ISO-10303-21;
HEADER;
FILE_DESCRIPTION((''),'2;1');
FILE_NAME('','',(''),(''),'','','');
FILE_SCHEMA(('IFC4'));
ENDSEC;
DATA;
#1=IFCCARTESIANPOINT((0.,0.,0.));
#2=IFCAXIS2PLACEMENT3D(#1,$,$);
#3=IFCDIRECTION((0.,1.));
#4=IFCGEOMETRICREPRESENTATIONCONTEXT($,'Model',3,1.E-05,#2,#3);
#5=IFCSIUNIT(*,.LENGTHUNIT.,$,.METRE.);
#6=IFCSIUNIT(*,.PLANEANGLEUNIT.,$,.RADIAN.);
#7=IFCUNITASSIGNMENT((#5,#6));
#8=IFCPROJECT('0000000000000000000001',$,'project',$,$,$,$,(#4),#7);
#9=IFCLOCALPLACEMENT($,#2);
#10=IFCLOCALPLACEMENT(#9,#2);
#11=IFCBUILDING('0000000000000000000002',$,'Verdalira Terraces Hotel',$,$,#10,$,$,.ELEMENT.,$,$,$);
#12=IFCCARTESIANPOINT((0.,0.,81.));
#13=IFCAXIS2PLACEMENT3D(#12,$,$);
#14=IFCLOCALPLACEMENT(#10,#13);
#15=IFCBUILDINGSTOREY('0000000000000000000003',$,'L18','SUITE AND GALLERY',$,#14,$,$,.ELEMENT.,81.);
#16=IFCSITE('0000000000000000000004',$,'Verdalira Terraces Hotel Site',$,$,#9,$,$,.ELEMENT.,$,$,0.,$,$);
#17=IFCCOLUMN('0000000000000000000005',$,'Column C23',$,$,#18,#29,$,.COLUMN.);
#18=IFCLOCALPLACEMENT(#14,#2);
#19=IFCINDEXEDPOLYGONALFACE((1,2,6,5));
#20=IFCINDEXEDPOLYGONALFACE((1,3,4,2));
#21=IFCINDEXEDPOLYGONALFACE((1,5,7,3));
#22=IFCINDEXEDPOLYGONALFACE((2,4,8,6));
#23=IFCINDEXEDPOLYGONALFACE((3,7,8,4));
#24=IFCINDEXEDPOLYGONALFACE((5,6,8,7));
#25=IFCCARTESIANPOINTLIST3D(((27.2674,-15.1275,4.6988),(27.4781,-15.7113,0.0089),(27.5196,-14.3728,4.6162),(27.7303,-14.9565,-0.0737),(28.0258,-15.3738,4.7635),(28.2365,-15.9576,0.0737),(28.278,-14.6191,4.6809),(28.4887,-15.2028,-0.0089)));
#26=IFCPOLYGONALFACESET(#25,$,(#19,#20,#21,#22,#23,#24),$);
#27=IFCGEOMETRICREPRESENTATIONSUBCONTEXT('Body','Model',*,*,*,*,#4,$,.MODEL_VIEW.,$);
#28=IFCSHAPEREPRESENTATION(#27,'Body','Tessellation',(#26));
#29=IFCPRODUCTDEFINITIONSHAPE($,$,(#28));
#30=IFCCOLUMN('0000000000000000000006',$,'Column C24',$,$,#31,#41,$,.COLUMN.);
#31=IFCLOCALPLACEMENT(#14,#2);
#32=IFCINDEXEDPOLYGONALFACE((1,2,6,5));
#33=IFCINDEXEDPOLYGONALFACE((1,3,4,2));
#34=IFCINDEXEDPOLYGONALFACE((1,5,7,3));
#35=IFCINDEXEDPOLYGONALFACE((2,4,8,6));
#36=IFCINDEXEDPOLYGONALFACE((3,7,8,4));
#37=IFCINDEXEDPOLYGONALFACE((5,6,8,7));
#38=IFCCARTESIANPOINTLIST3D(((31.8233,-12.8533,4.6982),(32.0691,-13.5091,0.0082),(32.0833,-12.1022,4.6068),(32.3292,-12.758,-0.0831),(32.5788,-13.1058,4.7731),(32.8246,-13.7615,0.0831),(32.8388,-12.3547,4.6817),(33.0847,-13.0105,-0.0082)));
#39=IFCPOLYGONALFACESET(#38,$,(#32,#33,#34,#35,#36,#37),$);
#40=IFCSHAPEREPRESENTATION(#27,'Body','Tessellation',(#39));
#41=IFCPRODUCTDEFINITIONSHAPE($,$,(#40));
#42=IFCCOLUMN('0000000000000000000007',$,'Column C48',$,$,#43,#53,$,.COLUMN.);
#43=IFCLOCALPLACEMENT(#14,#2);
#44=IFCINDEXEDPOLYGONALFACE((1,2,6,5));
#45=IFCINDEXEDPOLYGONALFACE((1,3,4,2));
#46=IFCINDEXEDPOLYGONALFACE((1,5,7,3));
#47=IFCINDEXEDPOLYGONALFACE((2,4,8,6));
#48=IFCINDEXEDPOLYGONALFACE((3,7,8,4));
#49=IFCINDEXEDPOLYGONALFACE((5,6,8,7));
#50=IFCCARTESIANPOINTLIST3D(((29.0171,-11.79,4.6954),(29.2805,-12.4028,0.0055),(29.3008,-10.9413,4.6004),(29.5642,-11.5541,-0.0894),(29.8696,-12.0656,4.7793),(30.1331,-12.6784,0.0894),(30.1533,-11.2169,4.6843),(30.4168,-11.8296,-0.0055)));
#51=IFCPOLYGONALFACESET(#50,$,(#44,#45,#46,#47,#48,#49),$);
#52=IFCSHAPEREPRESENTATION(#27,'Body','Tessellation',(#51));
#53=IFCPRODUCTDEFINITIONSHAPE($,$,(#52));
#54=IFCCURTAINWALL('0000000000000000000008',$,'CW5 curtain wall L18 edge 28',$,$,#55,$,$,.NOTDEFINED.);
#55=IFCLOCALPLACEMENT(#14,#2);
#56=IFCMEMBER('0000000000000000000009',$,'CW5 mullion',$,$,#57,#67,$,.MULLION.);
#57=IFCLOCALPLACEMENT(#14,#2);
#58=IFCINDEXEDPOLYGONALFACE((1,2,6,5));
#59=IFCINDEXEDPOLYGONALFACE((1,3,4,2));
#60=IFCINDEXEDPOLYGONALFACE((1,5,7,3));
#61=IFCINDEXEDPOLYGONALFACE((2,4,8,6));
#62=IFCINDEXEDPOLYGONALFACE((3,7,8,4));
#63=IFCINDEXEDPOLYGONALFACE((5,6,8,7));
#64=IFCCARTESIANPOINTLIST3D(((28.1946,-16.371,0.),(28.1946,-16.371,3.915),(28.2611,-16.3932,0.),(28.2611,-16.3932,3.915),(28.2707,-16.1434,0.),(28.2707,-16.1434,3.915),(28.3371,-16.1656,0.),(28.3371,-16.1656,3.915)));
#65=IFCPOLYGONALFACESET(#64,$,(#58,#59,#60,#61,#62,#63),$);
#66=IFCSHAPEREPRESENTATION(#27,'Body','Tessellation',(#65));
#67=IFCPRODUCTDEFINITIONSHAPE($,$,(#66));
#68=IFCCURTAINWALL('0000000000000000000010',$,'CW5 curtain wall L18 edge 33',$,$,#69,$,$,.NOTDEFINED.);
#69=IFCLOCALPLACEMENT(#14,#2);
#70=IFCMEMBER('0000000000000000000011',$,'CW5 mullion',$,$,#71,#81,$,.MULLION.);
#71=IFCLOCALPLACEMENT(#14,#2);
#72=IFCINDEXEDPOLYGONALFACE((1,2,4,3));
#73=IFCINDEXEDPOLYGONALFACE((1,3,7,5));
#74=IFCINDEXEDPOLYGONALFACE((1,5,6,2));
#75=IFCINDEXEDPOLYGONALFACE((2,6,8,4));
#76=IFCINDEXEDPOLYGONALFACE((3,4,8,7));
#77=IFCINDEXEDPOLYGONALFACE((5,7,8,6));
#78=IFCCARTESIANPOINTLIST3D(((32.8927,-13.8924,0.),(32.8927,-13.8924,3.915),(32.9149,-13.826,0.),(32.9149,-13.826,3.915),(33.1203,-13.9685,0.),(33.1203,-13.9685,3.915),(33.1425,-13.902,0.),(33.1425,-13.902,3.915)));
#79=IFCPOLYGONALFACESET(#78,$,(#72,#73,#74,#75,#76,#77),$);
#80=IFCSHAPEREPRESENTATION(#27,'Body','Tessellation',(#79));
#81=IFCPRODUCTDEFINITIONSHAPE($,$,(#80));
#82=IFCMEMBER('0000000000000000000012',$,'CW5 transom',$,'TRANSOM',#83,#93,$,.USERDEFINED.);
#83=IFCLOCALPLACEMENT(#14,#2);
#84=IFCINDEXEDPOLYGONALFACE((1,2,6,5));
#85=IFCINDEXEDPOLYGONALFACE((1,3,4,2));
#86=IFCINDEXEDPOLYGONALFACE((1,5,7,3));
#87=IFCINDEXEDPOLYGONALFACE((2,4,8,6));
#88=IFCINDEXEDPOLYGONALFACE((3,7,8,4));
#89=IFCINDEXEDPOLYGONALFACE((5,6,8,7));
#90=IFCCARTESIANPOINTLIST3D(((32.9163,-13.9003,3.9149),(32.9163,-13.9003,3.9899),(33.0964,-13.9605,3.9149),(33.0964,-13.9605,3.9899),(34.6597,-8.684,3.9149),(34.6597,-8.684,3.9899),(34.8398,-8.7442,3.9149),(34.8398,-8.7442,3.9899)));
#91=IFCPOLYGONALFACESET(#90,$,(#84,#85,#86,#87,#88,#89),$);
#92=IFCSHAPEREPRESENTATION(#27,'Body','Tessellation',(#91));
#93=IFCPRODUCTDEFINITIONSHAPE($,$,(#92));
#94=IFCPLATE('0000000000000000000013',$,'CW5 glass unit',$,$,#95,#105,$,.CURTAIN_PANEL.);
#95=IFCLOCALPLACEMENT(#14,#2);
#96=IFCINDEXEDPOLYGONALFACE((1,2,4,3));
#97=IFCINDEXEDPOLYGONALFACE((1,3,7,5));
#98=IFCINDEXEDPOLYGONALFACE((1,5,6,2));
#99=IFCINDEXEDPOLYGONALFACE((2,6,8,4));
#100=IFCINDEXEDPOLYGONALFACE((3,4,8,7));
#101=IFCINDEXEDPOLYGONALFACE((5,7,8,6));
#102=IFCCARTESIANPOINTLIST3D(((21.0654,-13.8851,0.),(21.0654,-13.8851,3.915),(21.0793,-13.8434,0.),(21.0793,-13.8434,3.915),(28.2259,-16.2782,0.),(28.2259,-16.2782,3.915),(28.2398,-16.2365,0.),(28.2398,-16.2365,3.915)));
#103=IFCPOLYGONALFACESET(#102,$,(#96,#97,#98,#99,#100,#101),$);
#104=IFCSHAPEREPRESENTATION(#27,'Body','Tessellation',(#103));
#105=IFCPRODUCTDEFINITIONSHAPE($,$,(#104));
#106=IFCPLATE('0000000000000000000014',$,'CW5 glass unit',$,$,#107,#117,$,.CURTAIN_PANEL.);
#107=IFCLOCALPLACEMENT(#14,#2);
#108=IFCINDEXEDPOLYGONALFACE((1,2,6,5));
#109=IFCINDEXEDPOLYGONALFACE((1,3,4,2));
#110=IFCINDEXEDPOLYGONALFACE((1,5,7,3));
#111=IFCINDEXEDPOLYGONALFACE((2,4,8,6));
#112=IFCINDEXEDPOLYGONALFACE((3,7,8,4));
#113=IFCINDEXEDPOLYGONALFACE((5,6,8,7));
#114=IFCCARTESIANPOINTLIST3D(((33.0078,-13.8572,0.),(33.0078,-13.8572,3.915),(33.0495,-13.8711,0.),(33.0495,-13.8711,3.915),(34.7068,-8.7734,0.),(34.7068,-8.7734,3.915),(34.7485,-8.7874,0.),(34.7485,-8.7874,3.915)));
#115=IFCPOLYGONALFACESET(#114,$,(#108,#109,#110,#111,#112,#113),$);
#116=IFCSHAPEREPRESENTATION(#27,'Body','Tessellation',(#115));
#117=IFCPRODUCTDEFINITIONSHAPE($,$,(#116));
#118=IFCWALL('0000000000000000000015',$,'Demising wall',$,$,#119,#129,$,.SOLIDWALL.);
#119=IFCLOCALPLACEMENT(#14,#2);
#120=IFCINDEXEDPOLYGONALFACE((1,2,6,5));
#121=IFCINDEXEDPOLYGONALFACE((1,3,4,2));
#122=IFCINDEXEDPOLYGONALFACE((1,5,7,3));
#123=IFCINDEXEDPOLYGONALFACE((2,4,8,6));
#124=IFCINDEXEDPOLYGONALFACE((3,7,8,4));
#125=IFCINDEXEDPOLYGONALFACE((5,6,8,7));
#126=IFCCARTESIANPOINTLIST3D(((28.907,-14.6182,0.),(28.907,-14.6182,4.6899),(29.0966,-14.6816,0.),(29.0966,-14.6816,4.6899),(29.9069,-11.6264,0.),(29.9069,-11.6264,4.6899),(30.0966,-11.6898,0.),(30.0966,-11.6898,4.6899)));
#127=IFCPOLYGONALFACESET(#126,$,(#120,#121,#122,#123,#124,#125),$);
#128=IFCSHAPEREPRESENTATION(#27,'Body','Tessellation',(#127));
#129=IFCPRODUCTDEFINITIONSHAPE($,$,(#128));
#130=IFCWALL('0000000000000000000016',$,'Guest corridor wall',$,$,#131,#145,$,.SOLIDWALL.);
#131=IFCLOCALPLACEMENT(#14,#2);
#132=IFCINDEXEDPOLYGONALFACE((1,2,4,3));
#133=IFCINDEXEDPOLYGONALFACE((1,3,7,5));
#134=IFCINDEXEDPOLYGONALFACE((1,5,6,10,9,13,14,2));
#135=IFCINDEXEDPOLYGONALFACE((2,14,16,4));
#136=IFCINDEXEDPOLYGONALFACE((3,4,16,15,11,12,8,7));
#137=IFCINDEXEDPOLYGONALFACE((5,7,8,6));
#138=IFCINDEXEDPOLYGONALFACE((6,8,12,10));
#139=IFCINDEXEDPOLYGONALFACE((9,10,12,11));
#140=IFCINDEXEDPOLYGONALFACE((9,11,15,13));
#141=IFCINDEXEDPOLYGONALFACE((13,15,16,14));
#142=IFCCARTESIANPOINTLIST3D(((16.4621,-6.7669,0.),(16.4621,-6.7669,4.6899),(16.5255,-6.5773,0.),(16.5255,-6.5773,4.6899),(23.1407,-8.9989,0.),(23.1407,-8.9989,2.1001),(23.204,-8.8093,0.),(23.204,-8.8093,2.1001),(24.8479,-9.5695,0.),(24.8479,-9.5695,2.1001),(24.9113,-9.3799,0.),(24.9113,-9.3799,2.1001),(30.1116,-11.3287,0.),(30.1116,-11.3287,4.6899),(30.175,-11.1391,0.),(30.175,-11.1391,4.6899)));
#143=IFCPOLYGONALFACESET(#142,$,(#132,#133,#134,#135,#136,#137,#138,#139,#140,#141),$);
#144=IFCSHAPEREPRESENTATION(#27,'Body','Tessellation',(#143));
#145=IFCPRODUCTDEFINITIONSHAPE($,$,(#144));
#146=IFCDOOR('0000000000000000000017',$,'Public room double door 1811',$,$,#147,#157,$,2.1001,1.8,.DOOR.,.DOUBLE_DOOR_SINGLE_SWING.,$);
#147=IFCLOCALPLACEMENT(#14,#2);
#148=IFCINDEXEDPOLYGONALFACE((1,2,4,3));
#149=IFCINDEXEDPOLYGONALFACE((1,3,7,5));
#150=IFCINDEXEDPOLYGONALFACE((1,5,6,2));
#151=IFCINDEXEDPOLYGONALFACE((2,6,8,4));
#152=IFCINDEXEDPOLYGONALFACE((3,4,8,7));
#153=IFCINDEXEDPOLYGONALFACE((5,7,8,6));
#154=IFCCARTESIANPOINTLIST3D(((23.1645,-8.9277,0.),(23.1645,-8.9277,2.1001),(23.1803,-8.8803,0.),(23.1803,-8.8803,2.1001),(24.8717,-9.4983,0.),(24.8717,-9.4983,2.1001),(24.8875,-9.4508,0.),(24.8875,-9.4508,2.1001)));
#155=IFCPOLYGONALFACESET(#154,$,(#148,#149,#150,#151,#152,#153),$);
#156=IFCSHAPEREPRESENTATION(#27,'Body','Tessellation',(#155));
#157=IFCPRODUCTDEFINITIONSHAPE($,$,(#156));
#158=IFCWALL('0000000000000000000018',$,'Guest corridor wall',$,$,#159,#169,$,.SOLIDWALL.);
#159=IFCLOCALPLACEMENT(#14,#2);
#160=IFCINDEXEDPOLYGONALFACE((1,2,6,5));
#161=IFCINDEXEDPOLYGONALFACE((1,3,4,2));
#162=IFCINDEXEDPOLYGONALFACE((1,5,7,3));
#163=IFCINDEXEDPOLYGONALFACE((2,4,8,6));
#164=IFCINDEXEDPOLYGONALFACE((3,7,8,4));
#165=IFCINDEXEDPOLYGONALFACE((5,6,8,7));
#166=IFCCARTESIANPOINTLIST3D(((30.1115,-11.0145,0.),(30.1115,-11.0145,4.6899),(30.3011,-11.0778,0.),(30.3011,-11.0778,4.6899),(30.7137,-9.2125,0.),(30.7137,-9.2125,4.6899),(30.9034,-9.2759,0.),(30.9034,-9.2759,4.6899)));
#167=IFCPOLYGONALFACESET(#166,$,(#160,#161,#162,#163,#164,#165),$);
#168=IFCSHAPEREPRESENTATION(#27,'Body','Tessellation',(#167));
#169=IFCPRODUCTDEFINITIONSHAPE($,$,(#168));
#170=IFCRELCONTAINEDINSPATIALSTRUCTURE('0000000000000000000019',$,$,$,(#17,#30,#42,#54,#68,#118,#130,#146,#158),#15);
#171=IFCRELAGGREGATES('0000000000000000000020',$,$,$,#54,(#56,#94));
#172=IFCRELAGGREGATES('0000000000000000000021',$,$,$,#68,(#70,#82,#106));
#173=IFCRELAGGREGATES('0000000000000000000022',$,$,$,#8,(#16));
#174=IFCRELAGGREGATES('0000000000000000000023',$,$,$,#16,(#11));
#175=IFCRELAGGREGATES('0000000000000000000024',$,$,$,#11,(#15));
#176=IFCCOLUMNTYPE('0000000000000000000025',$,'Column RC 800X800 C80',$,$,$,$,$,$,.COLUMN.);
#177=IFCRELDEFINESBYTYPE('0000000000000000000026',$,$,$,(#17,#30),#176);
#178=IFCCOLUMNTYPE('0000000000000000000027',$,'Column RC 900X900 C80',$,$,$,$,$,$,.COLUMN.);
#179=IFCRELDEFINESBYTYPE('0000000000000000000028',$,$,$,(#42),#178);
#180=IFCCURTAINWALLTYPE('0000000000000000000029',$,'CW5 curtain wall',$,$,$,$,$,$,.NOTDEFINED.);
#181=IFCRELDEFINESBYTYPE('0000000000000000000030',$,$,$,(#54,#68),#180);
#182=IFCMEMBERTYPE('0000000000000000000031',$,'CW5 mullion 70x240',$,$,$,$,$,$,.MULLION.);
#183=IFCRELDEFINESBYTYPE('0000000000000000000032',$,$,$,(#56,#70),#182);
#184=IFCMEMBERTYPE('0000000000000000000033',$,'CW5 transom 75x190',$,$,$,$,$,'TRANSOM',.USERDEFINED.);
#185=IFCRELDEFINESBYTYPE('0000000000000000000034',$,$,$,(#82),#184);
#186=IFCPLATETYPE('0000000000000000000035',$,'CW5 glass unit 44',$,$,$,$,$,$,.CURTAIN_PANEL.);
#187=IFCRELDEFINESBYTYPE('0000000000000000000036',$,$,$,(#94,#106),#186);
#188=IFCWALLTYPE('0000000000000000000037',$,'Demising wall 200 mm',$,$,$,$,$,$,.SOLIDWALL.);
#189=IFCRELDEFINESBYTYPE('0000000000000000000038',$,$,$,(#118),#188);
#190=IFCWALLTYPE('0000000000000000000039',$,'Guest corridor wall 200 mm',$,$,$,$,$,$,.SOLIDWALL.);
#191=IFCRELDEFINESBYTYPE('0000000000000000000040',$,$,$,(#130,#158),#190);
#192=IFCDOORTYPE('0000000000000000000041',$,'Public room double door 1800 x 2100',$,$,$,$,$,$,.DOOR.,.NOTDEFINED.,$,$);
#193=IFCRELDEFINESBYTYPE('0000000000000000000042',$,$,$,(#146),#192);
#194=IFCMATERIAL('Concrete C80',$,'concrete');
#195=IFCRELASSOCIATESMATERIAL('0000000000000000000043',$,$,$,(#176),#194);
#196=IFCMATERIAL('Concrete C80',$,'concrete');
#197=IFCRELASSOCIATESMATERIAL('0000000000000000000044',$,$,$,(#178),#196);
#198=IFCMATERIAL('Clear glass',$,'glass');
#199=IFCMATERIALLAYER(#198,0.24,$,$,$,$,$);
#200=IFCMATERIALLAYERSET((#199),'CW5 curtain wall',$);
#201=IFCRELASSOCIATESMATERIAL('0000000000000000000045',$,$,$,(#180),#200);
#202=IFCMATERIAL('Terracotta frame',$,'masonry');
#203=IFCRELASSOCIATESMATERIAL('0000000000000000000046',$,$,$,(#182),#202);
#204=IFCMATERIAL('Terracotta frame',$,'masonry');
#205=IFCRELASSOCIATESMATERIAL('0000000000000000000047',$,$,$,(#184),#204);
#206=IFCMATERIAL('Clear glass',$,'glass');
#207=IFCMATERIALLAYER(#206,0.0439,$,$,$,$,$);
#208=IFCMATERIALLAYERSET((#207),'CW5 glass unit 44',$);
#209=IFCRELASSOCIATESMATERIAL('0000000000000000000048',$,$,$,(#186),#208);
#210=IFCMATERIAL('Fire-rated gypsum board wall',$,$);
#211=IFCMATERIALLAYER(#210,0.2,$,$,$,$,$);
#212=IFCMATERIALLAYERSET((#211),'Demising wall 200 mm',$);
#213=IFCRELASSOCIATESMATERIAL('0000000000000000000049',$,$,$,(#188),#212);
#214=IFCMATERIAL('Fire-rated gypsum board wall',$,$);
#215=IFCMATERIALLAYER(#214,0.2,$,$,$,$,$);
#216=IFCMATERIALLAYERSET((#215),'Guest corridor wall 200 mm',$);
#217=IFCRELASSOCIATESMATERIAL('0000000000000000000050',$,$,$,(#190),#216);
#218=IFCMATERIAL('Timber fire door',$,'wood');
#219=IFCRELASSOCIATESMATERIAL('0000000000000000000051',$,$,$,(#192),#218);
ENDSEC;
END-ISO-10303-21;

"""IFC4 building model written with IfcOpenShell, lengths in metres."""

from ifc_helpers import new_model, si_unit, direction, frame, frame_2d, origin, origin_2d, place, context, subcontext, project, spatial, rectangle, extrude, material, layer, layer_set, material_profile, profile_set, type_object, element, fill, aggregate, save


model = new_model("IFC4")

# Units and contexts
model_context = context("Model", 3, precision=1e-05, world=origin(), true_north=direction((0.0, 1.0)))
body_context = subcontext(model_context, "Body", "Model", "MODEL_VIEW")
ifc_project = project(units=[si_unit("LENGTHUNIT", "METRE"), si_unit("PLANEANGLEUNIT", "RADIAN")], contexts=[model_context])

# Site, building, storey
site_placement = place(None, origin())
site = spatial("IfcSite", under=ifc_project, at=site_placement, Name="Verdalira Terraces Hotel Site", CompositionType="ELEMENT", RefElevation=0.0)
building_placement = place(site_placement, origin())
building = spatial("IfcBuilding", under=site, at=building_placement, Name="Verdalira Terraces Hotel", CompositionType="ELEMENT")
storey_placement = place(building_placement, frame((0.0, 0.0, 81.0)))
storey = spatial("IfcBuildingStorey", under=building, at=storey_placement, Name="L18", Description="SUITE AND GALLERY", CompositionType="ELEMENT", Elevation=81.0)

# Columns
ifc_material_1 = material(Name="Concrete C80", Category="concrete")
ifc_material_profile_1 = material_profile(ifc_material_1, rectangle(XDim=0.8, YDim=0.8, at=origin_2d()), Name="RC 800X800")
ifc_profile_set_1 = profile_set([ifc_material_profile_1], Name="Concrete C80")
column_type_1 = type_object("IfcColumnType", Name="Column RC 800X800 C80", PredefinedType="COLUMN", material=ifc_profile_set_1)
column_1_placement = place(storey_placement, frame((27.9834, -15.457, 0.0), z_axis=(-0.044536, 0.123391, 0.991358), x_axis=(0.947979, -0.307881, 0.080908)))
element("IfcColumn", 1, at=column_1_placement, inside=storey, type_object=column_type_1, Name="Column C23", PredefinedType="COLUMN", context=body_context, shape_type="SweptSolid", body=[
    extrude(rectangle(XDim=0.8, YDim=0.8, at=origin_2d()), origin(), (0.0, 0.0, 1.0), 4.7307),
])
column_2_placement = place(storey_placement, frame((32.5769, -13.2598, 0.0), z_axis=(-0.051846, 0.13829, 0.989034), x_axis=(0.325034, 0.938779, -0.114224)))
element("IfcColumn", 2, at=column_2_placement, inside=storey, type_object=column_type_1, Name="Column C24", PredefinedType="COLUMN", context=body_context, shape_type="SweptSolid", body=[
    extrude(rectangle(XDim=0.8, YDim=0.8, at=origin_2d()), origin(), (0.0, 0.0, 1.0), 4.7419),
])
ifc_material_2 = material(Name="Concrete C80", Category="concrete")
ifc_material_profile_2 = material_profile(ifc_material_2, rectangle(XDim=0.8999, YDim=0.8999, at=origin_2d()), Name="RC 900X900")
ifc_profile_set_2 = profile_set([ifc_material_profile_2], Name="Concrete C80")
column_type_2 = type_object("IfcColumnType", Name="Column RC 900X900 C80", PredefinedType="COLUMN", material=ifc_profile_set_2)
column_3_placement = place(storey_placement, frame((29.8486, -12.1162, 0.0), z_axis=(-0.055609, 0.129359, 0.990037), x_axis=(0.947379, -0.30624, 0.093227)))
element("IfcColumn", 3, at=column_3_placement, inside=storey, type_object=column_type_2, Name="Column C48", PredefinedType="COLUMN", context=body_context, shape_type="SweptSolid", body=[
    extrude(rectangle(XDim=0.8999, YDim=0.8999, at=origin_2d()), origin(), (0.0, 0.0, 1.0), 4.7371),
])

# Curtain wall, member
ifc_material_3 = material(Name="Clear glass", Category="glass")
ifc_layer_1 = layer(ifc_material_3, 0.24)
ifc_layer_set_1 = layer_set([ifc_layer_1], Name="CW5 curtain wall")
curtain_wall_type = type_object("IfcCurtainWallType", Name="CW5 curtain wall", PredefinedType="NOTDEFINED", material=ifc_layer_set_1)
curtain_wall_1_placement = place(storey_placement, origin())
curtain_wall_1 = element("IfcCurtainWall", 4, at=curtain_wall_1_placement, inside=storey, type_object=curtain_wall_type, Name="CW5 curtain wall L18 edge 28", PredefinedType="NOTDEFINED")
ifc_material_4 = material(Name="Terracotta frame", Category="masonry")
ifc_material_profile_3 = material_profile(ifc_material_4, rectangle(XDim=0.0701, YDim=0.24, at=origin_2d()), Name="MU 70x240")
ifc_profile_set_3 = profile_set([ifc_material_profile_3], Name="Terracotta frame")
member_type_1 = type_object("IfcMemberType", Name="CW5 mullion 70x240", PredefinedType="MULLION", material=ifc_profile_set_3)
member_1_placement = place(storey_placement, frame((28.2659, -16.2683, 0.0), z_axis=(0.0, 0.0, 1.0), x_axis=(0.948434, -0.316974, 0.0)))
member_1 = element("IfcMember", 5, at=member_1_placement, type_object=member_type_1, Name="CW5 mullion", PredefinedType="MULLION", context=body_context, shape_type="SweptSolid", body=[
    extrude(rectangle(XDim=0.0701, YDim=0.24, at=origin_2d()), origin(), (0.0, 0.0, 1.0), 3.915),
])

# Curtain wall, members
curtain_wall_2_placement = place(storey_placement, origin())
curtain_wall_2 = element("IfcCurtainWall", 6, at=curtain_wall_2_placement, inside=storey, type_object=curtain_wall_type, Name="CW5 curtain wall L18 edge 33", PredefinedType="NOTDEFINED")
member_2_placement = place(storey_placement, frame((33.0176, -13.8972, 0.0), z_axis=(0.0, 0.0, 1.0), x_axis=(0.316974, 0.948434, 0.0)))
member_2 = element("IfcMember", 7, at=member_2_placement, type_object=member_type_1, Name="CW5 mullion", PredefinedType="MULLION", context=body_context, shape_type="SweptSolid", body=[
    extrude(rectangle(XDim=0.0701, YDim=0.24, at=origin_2d()), origin(), (0.0, 0.0, 1.0), 3.915),
])
ifc_material_5 = material(Name="Terracotta frame", Category="masonry")
ifc_material_profile_4 = material_profile(ifc_material_5, rectangle(XDim=0.1899, YDim=0.075, at=origin_2d()), Name="TR 75x190")
ifc_profile_set_4 = profile_set([ifc_material_profile_4], Name="Terracotta frame")
member_type_2 = type_object("IfcMemberType", Name="CW5 transom 75x190", ElementType="TRANSOM", PredefinedType="USERDEFINED", material=ifc_profile_set_4)
member_3_placement = place(storey_placement, frame((33.0063, -13.9304, 3.9524), z_axis=(0.316987, 0.94843, 0.0), x_axis=(-0.94843, 0.316987, 0.0)))
member_3 = element("IfcMember", 8, at=member_3_placement, type_object=member_type_2, Name="CW5 transom", ObjectType="TRANSOM", PredefinedType="USERDEFINED", context=body_context, shape_type="SweptSolid", body=[
    extrude(rectangle(XDim=0.1899, YDim=0.075, at=origin_2d()), origin(), (0.0, 0.0, 1.0), 5.5),
])

# Plates
ifc_material_6 = material(Name="Clear glass", Category="glass")
ifc_layer_2 = layer(ifc_material_6, 0.0439)
ifc_layer_set_2 = layer_set([ifc_layer_2], Name="CW5 glass unit 44")
plate_type = type_object("IfcPlateType", Name="CW5 glass unit 44", PredefinedType="CURTAIN_PANEL", material=ifc_layer_set_2)
plate_1_placement = place(storey_placement, frame((24.6526, -15.0608, 0.0), z_axis=(0.0, 0.0, 1.0), x_axis=(0.948434, -0.316974, 0.0)))
plate_1 = element("IfcPlate", 9, at=plate_1_placement, type_object=plate_type, Name="CW5 glass unit", PredefinedType="CURTAIN_PANEL", context=body_context, shape_type="SweptSolid", body=[
    extrude(rectangle(XDim=7.5498, YDim=0.0439, at=origin_2d()), origin(), (0.0, 0.0, 1.0), 3.915),
])
aggregate(curtain_wall_1, [member_1, plate_1])
plate_2_placement = place(storey_placement, frame((33.8782, -11.3223, 0.0), z_axis=(0.0, 0.0, 1.0), x_axis=(0.316974, 0.948434, 0.0)))
plate_2 = element("IfcPlate", 10, at=plate_2_placement, type_object=plate_type, Name="CW5 glass unit", PredefinedType="CURTAIN_PANEL", context=body_context, shape_type="SweptSolid", body=[
    extrude(rectangle(XDim=5.3601, YDim=0.0439, at=origin_2d()), origin(), (0.0, 0.0, 1.0), 3.915),
])
aggregate(curtain_wall_2, [member_2, member_3, plate_2])

# Wall
ifc_material_7 = material(Name="Fire-rated gypsum board wall")
ifc_layer_3 = layer(ifc_material_7, 0.2)
ifc_layer_set_3 = layer_set([ifc_layer_3], Name="Demising wall 200 mm")
wall_type_1 = type_object("IfcWallType", Name="Demising wall 200 mm", PredefinedType="SOLIDWALL", material=ifc_layer_set_3)
wall_1_placement = place(storey_placement, frame((30.0017, -11.6582, 0.0), z_axis=(0.0, 0.0, 1.0), x_axis=(-0.316994, -0.948428, 0.0)))
element("IfcWall", 11, at=wall_1_placement, inside=storey, type_object=wall_type_1, Name="Demising wall", PredefinedType="SOLIDWALL", context=body_context, shape_type="SweptSolid", body=[
    extrude(rectangle(XDim=3.1545, YDim=0.2, at=frame_2d((1.5771, 0.0))), origin(), (0.0, 0.0, 1.0), 4.6899),
])

# Wall, opening, door
ifc_material_8 = material(Name="Fire-rated gypsum board wall")
ifc_layer_4 = layer(ifc_material_8, 0.2)
ifc_layer_set_4 = layer_set([ifc_layer_4], Name="Guest corridor wall 200 mm")
wall_type_2 = type_object("IfcWallType", Name="Guest corridor wall 200 mm", PredefinedType="SOLIDWALL", material=ifc_layer_set_4)
wall_2_placement = place(storey_placement, frame((30.1433, -11.2339, 0.0), z_axis=(0.0, 0.0, 1.0), x_axis=(-0.948434, 0.316976, 0.0)))
wall_2 = element("IfcWall", 12, at=wall_2_placement, inside=storey, type_object=wall_type_2, Name="Guest corridor wall", PredefinedType="SOLIDWALL", context=body_context, shape_type="SweptSolid", body=[
    extrude(rectangle(XDim=14.3916, YDim=0.2, at=frame_2d((7.1958, 0.0))), origin(), (0.0, 0.0, 1.0), 4.6899),
])
opening_placement = place(wall_2_placement, frame((5.55, 0.0, 0.0)))
opening = element("IfcOpeningElement", 13, at=opening_placement, cuts=wall_2, PredefinedType="OPENING", context=body_context, shape_type="SweptSolid", body=[
    extrude(rectangle(XDim=1.8, YDim=2.1001, at=frame_2d((0.8999, 1.05))), frame((0.0, 0.1099, 0.0), z_axis=(0.0, -1.0, 0.0), x_axis=(1.0, 0.0, 0.0)), (0.0, 0.0, 1.0), 0.22),
])
ifc_material_9 = material(Name="Timber fire door", Category="wood")
door_type = type_object("IfcDoorType", Name="Public room double door 1800 x 2100", OperationType="NOTDEFINED", PredefinedType="DOOR", material=ifc_material_9)
door_placement = place(opening_placement, origin())
door = element("IfcDoor", 14, at=door_placement, inside=storey, type_object=door_type, Name="Public room double door 1811", OperationType="DOUBLE_DOOR_SINGLE_SWING", OverallHeight=2.1001, OverallWidth=1.8, PredefinedType="DOOR", context=body_context, shape_type="SweptSolid", body=[
    extrude(rectangle(XDim=1.8, YDim=2.1001, at=frame_2d((0.8999, 1.05))), frame((0.0, 0.0249, 0.0), z_axis=(0.0, -1.0, 0.0), x_axis=(1.0, 0.0, 0.0)), (0.0, 0.0, 1.0), 0.05),
])
fill(opening, door)

# Wall
wall_3_placement = place(storey_placement, frame((30.2063, -11.0461, 0.0), z_axis=(0.0, 0.0, 1.0), x_axis=(0.316999, 0.948426, 0.0)))
element("IfcWall", 15, at=wall_3_placement, inside=storey, type_object=wall_type_2, Name="Guest corridor wall", PredefinedType="SOLIDWALL", context=body_context, shape_type="SweptSolid", body=[
    extrude(rectangle(XDim=1.8999, YDim=0.2, at=frame_2d((0.95, 0.0))), origin(), (0.0, 0.0, 1.0), 4.6899),
])

save(model, "model.ifc")
